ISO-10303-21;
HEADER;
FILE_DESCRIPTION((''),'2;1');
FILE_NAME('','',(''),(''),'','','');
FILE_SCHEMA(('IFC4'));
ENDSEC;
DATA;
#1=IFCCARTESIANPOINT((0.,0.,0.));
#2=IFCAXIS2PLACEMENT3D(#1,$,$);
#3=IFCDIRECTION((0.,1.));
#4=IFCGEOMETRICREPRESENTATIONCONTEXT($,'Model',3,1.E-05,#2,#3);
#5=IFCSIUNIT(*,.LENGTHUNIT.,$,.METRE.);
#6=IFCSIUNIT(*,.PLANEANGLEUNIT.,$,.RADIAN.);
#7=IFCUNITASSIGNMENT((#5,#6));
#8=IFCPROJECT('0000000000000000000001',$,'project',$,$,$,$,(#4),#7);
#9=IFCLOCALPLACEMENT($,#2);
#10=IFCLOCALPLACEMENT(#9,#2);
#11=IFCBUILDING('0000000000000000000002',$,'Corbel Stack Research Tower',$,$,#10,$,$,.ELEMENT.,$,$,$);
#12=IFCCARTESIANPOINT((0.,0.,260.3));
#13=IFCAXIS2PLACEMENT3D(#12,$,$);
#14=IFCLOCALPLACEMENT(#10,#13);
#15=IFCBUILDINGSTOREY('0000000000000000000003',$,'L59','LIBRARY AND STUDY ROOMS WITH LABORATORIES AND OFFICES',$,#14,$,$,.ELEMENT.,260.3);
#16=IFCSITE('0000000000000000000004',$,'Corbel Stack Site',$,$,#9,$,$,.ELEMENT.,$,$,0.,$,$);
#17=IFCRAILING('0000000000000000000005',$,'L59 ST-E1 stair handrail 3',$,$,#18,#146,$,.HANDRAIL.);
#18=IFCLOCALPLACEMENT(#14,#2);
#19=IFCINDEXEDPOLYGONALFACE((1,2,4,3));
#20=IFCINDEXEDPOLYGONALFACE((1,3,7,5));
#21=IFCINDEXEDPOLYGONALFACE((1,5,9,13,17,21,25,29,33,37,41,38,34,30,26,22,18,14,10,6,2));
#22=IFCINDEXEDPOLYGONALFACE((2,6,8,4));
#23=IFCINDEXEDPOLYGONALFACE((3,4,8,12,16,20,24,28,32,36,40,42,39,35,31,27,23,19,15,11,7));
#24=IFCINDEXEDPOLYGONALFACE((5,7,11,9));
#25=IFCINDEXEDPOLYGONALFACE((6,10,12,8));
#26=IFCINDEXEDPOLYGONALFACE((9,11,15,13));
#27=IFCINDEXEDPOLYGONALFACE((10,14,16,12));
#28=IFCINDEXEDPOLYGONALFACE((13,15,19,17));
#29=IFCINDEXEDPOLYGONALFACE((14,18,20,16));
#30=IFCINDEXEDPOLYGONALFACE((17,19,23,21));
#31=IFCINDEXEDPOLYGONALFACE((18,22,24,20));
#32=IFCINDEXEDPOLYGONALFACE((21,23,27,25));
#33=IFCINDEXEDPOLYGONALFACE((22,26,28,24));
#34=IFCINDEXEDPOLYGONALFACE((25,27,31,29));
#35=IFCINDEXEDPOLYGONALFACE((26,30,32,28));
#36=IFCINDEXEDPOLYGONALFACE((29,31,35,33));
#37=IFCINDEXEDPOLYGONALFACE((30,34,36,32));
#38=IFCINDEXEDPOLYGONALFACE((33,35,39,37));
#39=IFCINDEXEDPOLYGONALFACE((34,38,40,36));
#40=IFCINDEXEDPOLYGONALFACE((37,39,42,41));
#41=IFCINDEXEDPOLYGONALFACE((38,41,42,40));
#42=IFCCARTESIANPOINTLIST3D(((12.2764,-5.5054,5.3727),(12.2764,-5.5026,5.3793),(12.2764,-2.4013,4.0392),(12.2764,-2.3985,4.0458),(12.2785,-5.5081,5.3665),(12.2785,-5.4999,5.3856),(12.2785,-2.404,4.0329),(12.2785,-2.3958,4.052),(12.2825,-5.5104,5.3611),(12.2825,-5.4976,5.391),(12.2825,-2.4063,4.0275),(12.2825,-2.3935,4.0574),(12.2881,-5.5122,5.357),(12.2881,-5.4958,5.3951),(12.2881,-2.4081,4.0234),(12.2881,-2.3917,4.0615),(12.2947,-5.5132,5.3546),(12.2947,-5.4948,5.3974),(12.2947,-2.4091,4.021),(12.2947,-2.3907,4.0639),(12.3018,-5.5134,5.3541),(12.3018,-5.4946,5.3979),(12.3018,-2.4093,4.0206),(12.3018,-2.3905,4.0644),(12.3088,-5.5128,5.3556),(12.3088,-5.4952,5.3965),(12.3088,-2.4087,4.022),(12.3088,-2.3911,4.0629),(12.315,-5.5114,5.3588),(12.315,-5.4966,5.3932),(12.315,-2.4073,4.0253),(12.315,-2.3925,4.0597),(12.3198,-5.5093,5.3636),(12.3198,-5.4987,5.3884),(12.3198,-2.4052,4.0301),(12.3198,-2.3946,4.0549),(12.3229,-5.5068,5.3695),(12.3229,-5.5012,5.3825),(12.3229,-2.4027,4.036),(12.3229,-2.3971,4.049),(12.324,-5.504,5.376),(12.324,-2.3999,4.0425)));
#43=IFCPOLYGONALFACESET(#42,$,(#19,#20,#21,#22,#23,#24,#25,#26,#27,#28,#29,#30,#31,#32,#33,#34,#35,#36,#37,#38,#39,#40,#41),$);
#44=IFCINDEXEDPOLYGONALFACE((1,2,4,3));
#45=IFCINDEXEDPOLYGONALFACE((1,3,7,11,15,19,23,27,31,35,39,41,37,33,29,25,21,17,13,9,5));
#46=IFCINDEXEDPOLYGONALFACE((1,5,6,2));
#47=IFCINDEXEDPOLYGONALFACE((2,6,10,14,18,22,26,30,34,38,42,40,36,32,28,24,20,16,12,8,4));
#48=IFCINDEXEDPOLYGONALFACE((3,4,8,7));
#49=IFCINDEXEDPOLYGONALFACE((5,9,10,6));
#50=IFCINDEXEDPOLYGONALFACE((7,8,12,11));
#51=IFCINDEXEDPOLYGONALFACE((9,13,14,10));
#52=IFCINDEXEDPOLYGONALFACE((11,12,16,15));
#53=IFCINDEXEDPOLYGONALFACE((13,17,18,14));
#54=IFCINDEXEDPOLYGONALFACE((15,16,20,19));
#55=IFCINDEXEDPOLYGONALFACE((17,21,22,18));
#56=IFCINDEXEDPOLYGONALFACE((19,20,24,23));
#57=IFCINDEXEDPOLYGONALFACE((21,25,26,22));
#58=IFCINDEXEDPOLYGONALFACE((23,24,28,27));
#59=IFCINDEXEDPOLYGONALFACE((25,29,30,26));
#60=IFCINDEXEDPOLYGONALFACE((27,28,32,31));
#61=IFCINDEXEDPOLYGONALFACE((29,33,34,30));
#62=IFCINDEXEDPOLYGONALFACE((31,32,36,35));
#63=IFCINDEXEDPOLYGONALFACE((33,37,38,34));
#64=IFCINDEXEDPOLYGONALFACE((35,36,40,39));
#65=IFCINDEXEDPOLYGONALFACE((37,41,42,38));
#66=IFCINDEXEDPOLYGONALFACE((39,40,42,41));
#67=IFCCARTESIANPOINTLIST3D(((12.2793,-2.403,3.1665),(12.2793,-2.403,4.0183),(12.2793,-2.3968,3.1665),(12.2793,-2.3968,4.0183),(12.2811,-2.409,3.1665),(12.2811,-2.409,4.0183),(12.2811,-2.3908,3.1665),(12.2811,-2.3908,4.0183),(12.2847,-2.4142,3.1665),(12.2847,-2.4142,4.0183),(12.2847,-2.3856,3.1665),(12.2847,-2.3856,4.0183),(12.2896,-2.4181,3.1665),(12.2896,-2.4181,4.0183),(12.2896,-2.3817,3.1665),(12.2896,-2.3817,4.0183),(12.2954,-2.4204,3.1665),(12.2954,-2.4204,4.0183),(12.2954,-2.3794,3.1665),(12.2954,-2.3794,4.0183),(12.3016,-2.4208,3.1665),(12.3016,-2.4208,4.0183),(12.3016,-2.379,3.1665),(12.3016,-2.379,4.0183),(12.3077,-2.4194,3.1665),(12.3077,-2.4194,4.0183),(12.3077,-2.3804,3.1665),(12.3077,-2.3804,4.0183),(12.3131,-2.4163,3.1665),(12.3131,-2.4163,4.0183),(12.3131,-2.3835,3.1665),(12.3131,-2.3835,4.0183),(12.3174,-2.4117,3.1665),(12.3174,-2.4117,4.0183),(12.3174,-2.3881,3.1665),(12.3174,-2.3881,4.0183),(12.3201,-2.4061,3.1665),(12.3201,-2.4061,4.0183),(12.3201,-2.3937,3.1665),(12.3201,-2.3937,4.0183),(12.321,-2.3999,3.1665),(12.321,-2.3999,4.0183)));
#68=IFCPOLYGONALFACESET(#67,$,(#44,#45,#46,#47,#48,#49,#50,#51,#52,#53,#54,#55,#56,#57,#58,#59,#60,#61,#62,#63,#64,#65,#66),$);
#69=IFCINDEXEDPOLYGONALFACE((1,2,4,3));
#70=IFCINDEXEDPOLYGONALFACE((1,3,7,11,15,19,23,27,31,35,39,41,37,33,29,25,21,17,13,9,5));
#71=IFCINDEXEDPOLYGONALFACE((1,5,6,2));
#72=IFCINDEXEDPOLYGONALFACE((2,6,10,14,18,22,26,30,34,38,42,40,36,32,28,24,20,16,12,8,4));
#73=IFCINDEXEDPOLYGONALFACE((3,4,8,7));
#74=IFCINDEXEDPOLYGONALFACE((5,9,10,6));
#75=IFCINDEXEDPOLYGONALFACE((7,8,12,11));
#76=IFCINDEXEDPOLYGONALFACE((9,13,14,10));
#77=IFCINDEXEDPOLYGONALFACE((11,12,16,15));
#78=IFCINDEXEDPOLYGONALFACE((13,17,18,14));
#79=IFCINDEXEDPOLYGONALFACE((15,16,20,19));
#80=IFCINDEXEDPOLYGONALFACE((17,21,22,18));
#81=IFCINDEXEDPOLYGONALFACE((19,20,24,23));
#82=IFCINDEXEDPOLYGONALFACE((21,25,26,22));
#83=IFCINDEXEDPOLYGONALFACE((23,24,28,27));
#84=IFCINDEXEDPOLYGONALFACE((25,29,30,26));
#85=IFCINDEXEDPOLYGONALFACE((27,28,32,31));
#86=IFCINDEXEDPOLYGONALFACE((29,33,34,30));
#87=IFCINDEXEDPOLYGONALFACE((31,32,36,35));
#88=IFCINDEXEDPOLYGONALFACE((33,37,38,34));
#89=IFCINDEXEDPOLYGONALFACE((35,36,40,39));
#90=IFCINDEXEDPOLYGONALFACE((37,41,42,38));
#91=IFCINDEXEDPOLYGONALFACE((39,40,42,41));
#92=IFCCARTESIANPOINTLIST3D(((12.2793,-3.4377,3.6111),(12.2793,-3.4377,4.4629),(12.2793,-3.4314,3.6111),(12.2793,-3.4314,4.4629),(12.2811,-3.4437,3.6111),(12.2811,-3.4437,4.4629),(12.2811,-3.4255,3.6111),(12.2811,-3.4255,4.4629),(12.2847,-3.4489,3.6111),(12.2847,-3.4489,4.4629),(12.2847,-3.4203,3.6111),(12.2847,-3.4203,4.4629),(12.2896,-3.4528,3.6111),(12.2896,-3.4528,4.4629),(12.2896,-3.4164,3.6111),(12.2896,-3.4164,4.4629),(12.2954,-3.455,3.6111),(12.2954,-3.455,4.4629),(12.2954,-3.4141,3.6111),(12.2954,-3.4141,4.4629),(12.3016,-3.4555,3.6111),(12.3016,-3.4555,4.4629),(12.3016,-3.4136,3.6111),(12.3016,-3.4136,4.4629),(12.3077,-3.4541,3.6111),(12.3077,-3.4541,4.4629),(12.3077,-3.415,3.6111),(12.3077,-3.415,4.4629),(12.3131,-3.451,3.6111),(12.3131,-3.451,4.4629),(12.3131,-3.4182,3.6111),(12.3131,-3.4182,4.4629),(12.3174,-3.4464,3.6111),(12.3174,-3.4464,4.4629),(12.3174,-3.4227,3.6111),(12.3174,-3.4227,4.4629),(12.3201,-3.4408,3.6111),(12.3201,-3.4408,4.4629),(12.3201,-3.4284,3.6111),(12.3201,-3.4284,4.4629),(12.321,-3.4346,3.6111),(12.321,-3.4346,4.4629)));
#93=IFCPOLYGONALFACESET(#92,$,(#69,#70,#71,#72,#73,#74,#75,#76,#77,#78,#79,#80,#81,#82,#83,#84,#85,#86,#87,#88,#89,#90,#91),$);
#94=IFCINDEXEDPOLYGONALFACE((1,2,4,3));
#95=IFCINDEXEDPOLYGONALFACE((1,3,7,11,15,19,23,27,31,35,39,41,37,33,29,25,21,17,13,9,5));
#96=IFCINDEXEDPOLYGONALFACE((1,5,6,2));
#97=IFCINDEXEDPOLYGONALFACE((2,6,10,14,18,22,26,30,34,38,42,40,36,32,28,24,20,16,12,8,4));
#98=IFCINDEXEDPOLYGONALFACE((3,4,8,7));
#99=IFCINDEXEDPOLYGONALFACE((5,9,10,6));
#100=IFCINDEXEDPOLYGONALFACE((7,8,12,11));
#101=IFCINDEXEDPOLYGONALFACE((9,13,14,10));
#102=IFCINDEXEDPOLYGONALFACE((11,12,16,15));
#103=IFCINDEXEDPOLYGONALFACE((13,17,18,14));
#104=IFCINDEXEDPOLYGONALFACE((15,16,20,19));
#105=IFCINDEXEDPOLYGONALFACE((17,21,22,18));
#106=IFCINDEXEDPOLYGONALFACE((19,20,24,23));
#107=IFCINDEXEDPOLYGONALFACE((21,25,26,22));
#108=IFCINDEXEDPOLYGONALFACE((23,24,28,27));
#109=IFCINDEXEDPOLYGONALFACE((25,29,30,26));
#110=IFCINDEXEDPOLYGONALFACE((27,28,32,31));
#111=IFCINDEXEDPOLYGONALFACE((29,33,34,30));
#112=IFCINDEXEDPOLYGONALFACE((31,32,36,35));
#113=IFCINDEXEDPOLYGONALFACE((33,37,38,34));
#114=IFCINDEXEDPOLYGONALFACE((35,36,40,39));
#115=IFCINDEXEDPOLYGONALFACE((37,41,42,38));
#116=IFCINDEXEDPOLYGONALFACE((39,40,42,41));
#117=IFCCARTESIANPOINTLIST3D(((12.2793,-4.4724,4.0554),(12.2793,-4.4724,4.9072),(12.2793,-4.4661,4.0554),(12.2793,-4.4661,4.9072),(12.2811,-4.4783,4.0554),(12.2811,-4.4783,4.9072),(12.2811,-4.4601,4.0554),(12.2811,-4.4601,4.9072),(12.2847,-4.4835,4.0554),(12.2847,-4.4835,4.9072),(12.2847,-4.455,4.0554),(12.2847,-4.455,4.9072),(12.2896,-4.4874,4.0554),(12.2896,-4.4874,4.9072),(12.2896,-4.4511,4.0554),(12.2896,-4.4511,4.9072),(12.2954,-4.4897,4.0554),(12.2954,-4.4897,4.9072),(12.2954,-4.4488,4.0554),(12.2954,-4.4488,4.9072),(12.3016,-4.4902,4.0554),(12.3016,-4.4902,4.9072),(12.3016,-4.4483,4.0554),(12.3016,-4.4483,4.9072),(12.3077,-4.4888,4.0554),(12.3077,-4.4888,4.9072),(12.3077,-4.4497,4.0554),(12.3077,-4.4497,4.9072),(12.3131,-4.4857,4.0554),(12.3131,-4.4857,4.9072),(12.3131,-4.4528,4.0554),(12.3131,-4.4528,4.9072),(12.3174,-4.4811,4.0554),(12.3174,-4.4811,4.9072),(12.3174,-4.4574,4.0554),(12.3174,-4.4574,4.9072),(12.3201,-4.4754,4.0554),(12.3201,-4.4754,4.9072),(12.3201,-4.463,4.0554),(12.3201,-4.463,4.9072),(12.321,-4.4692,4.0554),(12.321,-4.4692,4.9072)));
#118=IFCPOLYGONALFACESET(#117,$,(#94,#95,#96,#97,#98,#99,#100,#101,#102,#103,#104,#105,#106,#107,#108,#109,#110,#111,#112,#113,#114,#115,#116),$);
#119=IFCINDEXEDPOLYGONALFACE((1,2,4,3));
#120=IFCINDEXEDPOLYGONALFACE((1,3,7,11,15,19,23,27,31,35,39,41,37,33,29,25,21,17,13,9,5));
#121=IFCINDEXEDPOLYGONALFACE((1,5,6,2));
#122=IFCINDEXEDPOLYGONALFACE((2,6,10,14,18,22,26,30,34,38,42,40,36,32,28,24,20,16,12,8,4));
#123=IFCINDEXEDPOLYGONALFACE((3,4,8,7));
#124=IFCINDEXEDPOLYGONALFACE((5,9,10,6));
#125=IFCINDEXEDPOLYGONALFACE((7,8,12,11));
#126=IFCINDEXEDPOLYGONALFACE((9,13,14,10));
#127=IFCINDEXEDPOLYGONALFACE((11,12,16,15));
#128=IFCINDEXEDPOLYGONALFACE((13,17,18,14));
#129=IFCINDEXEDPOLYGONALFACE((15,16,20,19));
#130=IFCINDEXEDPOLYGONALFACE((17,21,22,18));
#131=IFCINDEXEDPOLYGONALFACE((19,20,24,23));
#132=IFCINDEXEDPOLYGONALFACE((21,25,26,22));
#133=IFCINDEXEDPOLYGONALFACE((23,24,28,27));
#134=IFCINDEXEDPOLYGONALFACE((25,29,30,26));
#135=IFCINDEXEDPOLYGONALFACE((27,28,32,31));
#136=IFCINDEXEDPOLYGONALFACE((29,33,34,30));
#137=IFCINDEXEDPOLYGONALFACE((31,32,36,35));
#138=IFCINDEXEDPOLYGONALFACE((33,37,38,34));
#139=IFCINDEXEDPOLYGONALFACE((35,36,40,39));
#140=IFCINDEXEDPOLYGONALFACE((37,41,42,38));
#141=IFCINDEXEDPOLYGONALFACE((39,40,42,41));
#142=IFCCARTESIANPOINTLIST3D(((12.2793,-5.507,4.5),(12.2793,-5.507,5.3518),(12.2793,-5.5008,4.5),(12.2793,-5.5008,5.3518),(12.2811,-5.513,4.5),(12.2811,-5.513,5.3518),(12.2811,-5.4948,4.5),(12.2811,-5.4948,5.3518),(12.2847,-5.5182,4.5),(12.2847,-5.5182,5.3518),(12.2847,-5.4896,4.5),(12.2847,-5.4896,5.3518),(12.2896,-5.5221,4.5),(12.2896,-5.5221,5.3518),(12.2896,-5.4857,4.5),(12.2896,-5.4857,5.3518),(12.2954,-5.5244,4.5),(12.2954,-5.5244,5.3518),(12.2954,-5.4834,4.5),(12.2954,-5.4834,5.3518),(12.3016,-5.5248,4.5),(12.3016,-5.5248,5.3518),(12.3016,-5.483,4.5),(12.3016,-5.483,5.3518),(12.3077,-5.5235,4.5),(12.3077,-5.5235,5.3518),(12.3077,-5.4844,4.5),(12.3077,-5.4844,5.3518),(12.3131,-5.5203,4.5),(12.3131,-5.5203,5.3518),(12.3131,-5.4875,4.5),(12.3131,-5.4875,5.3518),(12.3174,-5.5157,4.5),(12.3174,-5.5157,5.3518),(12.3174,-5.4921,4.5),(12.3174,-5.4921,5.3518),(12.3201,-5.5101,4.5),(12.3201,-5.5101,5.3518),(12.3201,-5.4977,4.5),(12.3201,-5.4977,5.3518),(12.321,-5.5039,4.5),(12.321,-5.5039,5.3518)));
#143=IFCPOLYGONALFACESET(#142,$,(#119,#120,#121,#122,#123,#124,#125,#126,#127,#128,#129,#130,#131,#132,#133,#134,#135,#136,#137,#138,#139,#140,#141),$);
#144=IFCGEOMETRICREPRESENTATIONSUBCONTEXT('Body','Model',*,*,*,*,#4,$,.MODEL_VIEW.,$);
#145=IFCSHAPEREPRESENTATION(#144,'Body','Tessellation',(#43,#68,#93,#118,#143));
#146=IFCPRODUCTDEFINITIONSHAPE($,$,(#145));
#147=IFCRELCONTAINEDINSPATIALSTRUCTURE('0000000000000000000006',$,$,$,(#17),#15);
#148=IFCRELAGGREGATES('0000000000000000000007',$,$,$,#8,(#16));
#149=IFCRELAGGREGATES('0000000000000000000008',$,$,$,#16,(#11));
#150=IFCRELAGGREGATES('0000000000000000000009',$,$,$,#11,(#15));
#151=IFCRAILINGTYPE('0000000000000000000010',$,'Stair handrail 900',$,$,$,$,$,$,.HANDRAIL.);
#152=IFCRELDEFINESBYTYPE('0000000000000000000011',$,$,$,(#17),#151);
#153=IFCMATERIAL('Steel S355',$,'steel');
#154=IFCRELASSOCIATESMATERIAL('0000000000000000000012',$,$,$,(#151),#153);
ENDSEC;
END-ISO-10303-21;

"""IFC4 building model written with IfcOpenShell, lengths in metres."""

from ifc_helpers import new_model, si_unit, direction, frame, origin, origin_2d, place, context, subcontext, project, spatial, circle, extrude, material, type_object, element, save


model = new_model("IFC4")

# Units and contexts
model_context = context("Model", 3, precision=1e-05, world=origin(), true_north=direction((0.0, 1.0)))
body_context = subcontext(model_context, "Body", "Model", "MODEL_VIEW")
ifc_project = project(units=[si_unit("LENGTHUNIT", "METRE"), si_unit("PLANEANGLEUNIT", "RADIAN")], contexts=[model_context])

# Site, building, storey
site_placement = place(None, origin())
site = spatial("IfcSite", under=ifc_project, at=site_placement, Name="Corbel Stack Site", CompositionType="ELEMENT", RefElevation=0.0)
building_placement = place(site_placement, origin())
building = spatial("IfcBuilding", under=site, at=building_placement, Name="Corbel Stack Research Tower", CompositionType="ELEMENT")
storey_placement = place(building_placement, frame((0.0, 0.0, 260.3)))
storey = spatial("IfcBuildingStorey", under=building, at=storey_placement, Name="L59", Description="LIBRARY AND STUDY ROOMS WITH LABORATORIES AND OFFICES", CompositionType="ELEMENT", Elevation=260.3)

# Railing
ifc_material_1 = material(Name="Steel S355", Category="steel")
railing_type_1 = type_object("IfcRailingType", Name="Stair handrail 900", PredefinedType="HANDRAIL", material=ifc_material_1)
for number, where, name in (
    (1, (12.3, -2.3999, 3.1665), "L59 ST-E1 stair handrail 3"),
):
    element("IfcRailing", number, at=place(storey_placement, frame(where)), inside=storey, type_object=railing_type_1, Name=name, PredefinedType="HANDRAIL", context=body_context, shape_type="SweptSolid", body=[
        extrude(circle(Radius=0.0239, at=origin_2d()), frame((0.0, 0.0, 0.876), z_axis=(0.0, -0.918801, 0.394722), x_axis=(1.0, 0.0, 0.0)), (0.0, 0.0, 1.0), 3.3784),
        extrude(circle(Radius=0.021, at=origin_2d()), origin(), (0.0, 0.0, 1.0), 0.8518),
        extrude(circle(Radius=0.021, at=origin_2d()), frame((0.0, -1.0347, 0.4446)), (0.0, 0.0, 1.0), 0.8518),
        extrude(circle(Radius=0.021, at=origin_2d()), frame((0.0, -2.0693, 0.8889)), (0.0, 0.0, 1.0), 0.8518),
        extrude(circle(Radius=0.021, at=origin_2d()), frame((0.0, -3.104, 1.3335)), (0.0, 0.0, 1.0), 0.8518),
    ])

save(model, "model.ifc")
